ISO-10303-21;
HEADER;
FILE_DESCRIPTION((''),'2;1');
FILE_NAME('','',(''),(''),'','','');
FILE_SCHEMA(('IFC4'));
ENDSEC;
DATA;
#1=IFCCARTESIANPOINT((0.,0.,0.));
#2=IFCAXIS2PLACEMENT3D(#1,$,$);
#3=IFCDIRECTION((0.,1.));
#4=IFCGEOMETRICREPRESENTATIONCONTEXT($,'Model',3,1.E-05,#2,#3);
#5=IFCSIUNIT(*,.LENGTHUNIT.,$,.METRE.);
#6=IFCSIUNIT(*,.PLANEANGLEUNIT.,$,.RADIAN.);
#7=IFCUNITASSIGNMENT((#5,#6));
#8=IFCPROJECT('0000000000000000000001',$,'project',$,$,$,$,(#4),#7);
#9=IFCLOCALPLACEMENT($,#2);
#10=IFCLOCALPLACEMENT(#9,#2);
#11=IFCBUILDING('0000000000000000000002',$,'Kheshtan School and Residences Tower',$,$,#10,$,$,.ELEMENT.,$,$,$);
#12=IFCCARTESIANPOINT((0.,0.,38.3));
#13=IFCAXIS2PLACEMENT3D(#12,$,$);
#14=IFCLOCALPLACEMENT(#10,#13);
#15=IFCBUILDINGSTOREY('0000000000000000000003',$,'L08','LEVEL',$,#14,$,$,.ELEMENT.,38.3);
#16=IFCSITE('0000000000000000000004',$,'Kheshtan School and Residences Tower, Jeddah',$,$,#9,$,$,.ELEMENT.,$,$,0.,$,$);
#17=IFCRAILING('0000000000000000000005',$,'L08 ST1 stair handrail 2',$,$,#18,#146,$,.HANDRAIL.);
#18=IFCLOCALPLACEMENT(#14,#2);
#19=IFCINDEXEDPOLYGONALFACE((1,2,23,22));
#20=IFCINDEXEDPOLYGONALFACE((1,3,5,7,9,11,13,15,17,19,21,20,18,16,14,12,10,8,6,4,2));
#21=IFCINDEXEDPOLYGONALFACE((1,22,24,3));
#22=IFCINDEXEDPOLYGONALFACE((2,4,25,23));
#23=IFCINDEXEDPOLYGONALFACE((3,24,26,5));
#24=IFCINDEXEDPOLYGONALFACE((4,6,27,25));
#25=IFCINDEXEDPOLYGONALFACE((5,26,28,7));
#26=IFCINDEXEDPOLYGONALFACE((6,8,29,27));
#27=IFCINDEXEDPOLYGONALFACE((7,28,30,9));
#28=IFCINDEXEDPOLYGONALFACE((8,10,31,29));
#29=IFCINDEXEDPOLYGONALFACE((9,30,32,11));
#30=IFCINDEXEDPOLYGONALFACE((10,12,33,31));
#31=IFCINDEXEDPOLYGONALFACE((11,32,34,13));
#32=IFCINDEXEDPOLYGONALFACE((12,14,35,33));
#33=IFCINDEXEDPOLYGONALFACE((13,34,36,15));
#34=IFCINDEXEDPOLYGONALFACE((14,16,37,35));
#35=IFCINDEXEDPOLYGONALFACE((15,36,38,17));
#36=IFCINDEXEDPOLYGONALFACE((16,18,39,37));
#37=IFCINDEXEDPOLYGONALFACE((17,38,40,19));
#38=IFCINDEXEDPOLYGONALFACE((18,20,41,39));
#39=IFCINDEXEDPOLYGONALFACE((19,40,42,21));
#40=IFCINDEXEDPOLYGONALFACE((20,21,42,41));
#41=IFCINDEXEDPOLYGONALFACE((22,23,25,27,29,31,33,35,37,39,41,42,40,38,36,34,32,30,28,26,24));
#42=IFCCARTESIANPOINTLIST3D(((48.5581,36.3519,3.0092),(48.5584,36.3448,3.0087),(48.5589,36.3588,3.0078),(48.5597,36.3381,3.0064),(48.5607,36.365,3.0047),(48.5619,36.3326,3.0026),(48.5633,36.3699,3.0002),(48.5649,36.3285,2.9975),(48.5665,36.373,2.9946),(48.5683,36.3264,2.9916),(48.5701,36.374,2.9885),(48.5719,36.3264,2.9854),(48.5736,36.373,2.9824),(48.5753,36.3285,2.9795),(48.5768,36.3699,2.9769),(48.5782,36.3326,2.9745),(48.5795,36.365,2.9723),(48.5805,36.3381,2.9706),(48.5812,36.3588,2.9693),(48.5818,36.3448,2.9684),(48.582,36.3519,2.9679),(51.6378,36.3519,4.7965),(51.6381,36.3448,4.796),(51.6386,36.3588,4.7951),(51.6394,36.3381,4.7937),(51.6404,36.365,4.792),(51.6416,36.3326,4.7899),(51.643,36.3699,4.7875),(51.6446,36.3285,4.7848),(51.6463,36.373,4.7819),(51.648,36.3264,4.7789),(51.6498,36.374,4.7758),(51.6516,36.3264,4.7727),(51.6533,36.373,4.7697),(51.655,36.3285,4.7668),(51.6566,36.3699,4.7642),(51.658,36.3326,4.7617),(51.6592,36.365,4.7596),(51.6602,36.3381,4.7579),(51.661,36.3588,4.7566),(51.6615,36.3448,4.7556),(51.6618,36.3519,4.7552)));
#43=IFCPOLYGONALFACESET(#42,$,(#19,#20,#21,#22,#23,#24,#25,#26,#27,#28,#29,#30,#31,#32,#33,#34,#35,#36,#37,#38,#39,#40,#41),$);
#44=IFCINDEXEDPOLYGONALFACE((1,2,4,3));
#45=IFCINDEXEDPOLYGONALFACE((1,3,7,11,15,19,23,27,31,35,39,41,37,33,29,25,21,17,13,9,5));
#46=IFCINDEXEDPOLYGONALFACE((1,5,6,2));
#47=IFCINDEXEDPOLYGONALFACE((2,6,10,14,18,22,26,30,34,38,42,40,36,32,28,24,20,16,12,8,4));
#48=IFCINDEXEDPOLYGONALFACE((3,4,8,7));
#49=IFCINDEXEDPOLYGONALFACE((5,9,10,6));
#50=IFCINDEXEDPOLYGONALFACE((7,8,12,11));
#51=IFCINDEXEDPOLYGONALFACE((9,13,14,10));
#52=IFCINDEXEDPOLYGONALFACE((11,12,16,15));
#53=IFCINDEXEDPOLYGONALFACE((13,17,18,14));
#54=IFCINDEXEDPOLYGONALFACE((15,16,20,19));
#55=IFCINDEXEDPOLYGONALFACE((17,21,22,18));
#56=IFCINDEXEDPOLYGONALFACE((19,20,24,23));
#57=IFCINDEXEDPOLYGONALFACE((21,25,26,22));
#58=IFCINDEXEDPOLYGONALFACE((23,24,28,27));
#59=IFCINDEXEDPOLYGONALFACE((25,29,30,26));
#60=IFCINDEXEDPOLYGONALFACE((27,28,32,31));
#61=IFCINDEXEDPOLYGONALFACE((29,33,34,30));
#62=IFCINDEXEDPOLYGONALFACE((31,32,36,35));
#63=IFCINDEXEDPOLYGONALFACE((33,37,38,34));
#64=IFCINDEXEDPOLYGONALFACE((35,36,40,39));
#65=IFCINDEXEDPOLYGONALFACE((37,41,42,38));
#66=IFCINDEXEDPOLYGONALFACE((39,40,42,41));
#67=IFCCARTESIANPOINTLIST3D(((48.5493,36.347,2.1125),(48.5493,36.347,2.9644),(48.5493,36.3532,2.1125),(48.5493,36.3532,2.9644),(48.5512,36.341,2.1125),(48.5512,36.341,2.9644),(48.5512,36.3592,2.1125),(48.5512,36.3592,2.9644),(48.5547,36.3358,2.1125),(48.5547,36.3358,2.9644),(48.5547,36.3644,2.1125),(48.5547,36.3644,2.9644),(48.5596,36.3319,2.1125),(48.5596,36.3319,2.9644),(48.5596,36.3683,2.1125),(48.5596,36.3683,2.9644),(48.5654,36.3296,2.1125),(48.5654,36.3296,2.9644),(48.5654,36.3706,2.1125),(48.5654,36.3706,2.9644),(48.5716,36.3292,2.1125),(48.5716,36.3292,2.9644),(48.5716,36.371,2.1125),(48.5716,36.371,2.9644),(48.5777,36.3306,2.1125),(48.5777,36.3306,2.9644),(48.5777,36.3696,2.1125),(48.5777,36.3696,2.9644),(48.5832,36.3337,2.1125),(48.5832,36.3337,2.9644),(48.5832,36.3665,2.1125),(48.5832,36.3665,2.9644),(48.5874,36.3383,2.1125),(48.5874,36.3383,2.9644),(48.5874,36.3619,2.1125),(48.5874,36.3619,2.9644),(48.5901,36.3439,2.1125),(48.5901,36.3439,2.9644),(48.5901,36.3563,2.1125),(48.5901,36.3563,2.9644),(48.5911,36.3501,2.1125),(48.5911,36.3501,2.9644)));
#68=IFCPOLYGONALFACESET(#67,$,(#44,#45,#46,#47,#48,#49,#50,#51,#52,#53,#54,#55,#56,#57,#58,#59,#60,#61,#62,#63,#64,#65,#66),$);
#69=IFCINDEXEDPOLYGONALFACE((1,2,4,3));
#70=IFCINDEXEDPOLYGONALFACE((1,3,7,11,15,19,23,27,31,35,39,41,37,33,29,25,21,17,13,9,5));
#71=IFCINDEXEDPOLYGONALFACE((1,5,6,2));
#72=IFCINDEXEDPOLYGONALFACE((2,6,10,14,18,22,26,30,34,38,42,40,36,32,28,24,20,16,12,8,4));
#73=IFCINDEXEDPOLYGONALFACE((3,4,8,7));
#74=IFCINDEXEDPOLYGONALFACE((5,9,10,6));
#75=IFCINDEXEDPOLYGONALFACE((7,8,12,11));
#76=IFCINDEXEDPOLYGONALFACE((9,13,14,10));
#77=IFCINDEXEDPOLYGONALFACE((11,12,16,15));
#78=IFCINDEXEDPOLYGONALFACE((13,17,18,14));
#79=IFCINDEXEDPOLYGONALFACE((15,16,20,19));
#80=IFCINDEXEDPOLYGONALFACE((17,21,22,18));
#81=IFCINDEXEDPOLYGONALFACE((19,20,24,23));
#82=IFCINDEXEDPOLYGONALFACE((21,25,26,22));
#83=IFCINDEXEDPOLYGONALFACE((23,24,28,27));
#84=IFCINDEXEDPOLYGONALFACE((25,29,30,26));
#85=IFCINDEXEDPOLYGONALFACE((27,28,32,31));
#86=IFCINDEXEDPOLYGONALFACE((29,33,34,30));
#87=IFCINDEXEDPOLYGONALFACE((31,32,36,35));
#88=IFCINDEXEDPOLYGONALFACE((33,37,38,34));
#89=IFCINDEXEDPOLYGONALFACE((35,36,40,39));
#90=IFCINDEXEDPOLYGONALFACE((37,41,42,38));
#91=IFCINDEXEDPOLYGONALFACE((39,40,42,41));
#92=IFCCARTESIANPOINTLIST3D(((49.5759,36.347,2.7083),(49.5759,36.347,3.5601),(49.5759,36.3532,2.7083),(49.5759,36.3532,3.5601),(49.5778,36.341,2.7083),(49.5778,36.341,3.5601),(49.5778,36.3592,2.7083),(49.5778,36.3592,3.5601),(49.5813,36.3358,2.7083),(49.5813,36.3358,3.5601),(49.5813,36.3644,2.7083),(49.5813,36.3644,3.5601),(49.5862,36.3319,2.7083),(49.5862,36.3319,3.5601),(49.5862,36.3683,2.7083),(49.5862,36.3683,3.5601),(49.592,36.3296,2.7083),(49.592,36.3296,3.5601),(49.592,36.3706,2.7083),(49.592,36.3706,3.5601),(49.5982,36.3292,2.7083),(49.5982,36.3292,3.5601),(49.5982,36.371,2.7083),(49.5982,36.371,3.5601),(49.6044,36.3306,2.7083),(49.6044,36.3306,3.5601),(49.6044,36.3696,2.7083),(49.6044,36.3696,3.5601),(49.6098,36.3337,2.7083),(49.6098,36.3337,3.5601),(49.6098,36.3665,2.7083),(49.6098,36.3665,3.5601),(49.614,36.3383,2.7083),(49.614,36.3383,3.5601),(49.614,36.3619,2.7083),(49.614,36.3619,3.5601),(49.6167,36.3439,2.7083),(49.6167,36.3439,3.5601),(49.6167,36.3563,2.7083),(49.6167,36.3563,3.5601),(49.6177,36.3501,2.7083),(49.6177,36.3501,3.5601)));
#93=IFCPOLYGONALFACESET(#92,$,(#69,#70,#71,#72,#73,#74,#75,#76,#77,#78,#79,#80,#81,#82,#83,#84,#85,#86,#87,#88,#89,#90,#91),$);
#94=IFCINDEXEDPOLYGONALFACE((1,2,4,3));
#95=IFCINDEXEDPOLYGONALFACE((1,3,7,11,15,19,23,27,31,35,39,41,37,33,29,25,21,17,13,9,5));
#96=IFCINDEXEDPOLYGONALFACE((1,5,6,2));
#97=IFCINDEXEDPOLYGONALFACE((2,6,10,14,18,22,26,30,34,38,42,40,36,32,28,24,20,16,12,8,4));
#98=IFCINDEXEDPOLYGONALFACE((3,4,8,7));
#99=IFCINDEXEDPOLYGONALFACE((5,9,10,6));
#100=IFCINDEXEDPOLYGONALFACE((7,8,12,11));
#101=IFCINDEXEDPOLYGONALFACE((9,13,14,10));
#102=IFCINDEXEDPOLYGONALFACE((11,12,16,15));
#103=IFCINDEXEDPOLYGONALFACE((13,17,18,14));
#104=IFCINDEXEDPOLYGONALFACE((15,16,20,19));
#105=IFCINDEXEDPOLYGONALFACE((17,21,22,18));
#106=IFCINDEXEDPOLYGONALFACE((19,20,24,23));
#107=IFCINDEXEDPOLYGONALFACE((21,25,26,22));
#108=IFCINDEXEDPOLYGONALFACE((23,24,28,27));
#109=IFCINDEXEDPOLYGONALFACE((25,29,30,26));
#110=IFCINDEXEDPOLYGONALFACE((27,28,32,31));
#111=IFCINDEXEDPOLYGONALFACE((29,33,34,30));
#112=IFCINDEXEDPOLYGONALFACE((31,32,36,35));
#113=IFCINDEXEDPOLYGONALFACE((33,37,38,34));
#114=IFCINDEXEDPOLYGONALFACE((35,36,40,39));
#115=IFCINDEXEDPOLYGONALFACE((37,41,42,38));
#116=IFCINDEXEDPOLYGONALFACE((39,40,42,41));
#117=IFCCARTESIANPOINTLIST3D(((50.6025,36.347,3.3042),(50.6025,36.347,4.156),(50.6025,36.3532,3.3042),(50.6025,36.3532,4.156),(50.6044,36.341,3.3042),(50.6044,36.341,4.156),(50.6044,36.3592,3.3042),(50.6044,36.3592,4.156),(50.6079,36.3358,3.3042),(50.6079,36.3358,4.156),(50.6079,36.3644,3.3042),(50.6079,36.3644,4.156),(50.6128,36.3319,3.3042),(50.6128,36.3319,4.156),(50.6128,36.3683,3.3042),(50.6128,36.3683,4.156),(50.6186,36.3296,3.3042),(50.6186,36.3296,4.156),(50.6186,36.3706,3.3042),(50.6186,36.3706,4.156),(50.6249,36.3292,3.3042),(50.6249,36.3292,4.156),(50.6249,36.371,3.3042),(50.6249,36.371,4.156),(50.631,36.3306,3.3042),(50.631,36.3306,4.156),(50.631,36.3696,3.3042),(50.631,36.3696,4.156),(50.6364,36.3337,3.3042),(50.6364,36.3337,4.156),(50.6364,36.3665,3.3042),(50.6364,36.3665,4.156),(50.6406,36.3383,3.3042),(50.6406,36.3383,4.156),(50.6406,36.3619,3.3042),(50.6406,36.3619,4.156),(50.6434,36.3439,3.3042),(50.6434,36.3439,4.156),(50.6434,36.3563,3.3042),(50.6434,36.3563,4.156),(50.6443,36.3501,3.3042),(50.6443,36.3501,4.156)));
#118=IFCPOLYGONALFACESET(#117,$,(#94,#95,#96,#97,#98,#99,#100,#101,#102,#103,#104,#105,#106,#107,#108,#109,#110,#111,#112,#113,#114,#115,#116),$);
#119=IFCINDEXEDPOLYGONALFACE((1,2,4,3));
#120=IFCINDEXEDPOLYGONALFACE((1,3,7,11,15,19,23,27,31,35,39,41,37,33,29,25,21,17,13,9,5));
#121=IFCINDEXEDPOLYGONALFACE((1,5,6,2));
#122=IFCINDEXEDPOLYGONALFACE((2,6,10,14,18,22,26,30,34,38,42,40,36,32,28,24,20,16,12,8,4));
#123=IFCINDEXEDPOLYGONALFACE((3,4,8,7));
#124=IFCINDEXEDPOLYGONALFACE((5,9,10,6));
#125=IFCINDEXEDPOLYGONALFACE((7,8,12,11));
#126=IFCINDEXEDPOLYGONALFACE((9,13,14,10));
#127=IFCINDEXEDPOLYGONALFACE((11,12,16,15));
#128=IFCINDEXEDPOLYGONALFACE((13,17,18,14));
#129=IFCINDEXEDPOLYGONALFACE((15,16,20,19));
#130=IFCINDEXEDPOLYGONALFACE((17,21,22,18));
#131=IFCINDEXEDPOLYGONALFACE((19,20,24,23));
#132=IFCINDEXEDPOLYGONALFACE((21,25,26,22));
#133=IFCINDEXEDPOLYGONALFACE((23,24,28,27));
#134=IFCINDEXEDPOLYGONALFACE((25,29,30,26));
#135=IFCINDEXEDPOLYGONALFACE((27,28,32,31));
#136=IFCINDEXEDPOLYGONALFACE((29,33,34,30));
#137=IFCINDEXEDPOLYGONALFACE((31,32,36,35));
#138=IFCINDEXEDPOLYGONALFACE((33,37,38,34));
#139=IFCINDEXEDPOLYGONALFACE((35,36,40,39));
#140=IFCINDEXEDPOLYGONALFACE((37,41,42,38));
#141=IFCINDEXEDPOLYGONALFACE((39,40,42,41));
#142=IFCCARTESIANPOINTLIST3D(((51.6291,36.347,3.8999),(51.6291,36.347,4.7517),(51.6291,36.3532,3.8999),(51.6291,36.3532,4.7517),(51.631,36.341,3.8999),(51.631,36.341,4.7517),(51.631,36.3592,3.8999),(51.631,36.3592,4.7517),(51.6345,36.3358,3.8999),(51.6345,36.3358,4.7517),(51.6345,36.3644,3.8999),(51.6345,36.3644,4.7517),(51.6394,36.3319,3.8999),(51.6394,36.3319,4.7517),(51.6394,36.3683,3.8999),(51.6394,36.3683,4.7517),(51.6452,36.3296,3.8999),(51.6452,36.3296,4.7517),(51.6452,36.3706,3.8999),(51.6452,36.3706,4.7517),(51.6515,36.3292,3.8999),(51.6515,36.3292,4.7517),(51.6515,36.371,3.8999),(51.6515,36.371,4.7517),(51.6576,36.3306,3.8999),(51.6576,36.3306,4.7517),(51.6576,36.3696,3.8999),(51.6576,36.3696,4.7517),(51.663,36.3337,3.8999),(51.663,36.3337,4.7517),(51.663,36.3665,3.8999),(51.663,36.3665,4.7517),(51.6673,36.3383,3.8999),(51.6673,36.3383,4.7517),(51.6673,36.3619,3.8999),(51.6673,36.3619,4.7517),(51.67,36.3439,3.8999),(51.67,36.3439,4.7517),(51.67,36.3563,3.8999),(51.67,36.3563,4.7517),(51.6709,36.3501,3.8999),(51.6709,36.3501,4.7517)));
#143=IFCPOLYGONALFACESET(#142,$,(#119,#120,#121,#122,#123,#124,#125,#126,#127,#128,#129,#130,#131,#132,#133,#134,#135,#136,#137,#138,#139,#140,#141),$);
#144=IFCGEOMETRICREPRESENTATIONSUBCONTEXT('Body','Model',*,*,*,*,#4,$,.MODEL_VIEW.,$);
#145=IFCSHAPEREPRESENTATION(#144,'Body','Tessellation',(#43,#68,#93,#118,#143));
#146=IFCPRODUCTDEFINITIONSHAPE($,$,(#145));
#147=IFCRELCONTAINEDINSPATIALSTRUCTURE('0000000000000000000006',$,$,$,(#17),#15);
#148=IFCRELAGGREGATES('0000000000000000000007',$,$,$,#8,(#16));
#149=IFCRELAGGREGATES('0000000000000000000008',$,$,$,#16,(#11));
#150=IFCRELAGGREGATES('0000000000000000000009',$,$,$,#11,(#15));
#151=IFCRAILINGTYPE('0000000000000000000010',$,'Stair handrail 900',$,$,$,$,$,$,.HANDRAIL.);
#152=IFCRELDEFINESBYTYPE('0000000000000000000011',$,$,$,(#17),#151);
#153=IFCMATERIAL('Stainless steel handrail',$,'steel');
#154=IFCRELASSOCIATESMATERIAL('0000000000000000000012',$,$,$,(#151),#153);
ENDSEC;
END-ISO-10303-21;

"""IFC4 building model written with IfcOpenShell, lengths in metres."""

from ifc_helpers import new_model, si_unit, direction, frame, origin, origin_2d, place, context, subcontext, project, spatial, circle, extrude, material, type_object, element, save


model = new_model("IFC4")

# Units and contexts
model_context = context("Model", 3, precision=1e-05, world=origin(), true_north=direction((0.0, 1.0)))
body_context = subcontext(model_context, "Body", "Model", "MODEL_VIEW")
ifc_project = project(units=[si_unit("LENGTHUNIT", "METRE"), si_unit("PLANEANGLEUNIT", "RADIAN")], contexts=[model_context])

# Site, building, storey
site_placement = place(None, origin())
site = spatial("IfcSite", under=ifc_project, at=site_placement, Name="Kheshtan School and Residences Tower, Jeddah", CompositionType="ELEMENT", RefElevation=0.0)
building_placement = place(site_placement, origin())
building = spatial("IfcBuilding", under=site, at=building_placement, Name="Kheshtan School and Residences Tower", CompositionType="ELEMENT")
storey_placement = place(building_placement, frame((0.0, 0.0, 38.3)))
storey = spatial("IfcBuildingStorey", under=building, at=storey_placement, Name="L08", Description="LEVEL", CompositionType="ELEMENT", Elevation=38.3)

# Railing
ifc_material_1 = material(Name="Stainless steel handrail", Category="steel")
railing_type = type_object("IfcRailingType", Name="Stair handrail 900", PredefinedType="HANDRAIL", material=ifc_material_1)
railing_placement = place(storey_placement, frame((48.5701, 36.3501, 2.1125)))
element("IfcRailing", 1, at=railing_placement, inside=storey, type_object=railing_type, Name="L08 ST1 stair handrail 2", PredefinedType="HANDRAIL", context=body_context, shape_type="SweptSolid", body=[
    extrude(circle(Radius=0.0239, at=origin_2d()), frame((0.0, 0.0, 0.876), z_axis=(0.864903, 0.0, 0.501939), x_axis=(0.0, 1.0, 0.0)), (0.0, 0.0, 1.0), 3.5608),
    extrude(circle(Radius=0.021, at=origin_2d()), origin(), (0.0, 0.0, 1.0), 0.8518),
    extrude(circle(Radius=0.021, at=origin_2d()), frame((1.0266, 0.0, 0.5957)), (0.0, 0.0, 1.0), 0.8518),
    extrude(circle(Radius=0.021, at=origin_2d()), frame((2.0532, 0.0, 1.1917)), (0.0, 0.0, 1.0), 0.8518),
    extrude(circle(Radius=0.021, at=origin_2d()), frame((3.0798, 0.0, 1.7874)), (0.0, 0.0, 1.0), 0.8518),
])

save(model, "model.ifc")
